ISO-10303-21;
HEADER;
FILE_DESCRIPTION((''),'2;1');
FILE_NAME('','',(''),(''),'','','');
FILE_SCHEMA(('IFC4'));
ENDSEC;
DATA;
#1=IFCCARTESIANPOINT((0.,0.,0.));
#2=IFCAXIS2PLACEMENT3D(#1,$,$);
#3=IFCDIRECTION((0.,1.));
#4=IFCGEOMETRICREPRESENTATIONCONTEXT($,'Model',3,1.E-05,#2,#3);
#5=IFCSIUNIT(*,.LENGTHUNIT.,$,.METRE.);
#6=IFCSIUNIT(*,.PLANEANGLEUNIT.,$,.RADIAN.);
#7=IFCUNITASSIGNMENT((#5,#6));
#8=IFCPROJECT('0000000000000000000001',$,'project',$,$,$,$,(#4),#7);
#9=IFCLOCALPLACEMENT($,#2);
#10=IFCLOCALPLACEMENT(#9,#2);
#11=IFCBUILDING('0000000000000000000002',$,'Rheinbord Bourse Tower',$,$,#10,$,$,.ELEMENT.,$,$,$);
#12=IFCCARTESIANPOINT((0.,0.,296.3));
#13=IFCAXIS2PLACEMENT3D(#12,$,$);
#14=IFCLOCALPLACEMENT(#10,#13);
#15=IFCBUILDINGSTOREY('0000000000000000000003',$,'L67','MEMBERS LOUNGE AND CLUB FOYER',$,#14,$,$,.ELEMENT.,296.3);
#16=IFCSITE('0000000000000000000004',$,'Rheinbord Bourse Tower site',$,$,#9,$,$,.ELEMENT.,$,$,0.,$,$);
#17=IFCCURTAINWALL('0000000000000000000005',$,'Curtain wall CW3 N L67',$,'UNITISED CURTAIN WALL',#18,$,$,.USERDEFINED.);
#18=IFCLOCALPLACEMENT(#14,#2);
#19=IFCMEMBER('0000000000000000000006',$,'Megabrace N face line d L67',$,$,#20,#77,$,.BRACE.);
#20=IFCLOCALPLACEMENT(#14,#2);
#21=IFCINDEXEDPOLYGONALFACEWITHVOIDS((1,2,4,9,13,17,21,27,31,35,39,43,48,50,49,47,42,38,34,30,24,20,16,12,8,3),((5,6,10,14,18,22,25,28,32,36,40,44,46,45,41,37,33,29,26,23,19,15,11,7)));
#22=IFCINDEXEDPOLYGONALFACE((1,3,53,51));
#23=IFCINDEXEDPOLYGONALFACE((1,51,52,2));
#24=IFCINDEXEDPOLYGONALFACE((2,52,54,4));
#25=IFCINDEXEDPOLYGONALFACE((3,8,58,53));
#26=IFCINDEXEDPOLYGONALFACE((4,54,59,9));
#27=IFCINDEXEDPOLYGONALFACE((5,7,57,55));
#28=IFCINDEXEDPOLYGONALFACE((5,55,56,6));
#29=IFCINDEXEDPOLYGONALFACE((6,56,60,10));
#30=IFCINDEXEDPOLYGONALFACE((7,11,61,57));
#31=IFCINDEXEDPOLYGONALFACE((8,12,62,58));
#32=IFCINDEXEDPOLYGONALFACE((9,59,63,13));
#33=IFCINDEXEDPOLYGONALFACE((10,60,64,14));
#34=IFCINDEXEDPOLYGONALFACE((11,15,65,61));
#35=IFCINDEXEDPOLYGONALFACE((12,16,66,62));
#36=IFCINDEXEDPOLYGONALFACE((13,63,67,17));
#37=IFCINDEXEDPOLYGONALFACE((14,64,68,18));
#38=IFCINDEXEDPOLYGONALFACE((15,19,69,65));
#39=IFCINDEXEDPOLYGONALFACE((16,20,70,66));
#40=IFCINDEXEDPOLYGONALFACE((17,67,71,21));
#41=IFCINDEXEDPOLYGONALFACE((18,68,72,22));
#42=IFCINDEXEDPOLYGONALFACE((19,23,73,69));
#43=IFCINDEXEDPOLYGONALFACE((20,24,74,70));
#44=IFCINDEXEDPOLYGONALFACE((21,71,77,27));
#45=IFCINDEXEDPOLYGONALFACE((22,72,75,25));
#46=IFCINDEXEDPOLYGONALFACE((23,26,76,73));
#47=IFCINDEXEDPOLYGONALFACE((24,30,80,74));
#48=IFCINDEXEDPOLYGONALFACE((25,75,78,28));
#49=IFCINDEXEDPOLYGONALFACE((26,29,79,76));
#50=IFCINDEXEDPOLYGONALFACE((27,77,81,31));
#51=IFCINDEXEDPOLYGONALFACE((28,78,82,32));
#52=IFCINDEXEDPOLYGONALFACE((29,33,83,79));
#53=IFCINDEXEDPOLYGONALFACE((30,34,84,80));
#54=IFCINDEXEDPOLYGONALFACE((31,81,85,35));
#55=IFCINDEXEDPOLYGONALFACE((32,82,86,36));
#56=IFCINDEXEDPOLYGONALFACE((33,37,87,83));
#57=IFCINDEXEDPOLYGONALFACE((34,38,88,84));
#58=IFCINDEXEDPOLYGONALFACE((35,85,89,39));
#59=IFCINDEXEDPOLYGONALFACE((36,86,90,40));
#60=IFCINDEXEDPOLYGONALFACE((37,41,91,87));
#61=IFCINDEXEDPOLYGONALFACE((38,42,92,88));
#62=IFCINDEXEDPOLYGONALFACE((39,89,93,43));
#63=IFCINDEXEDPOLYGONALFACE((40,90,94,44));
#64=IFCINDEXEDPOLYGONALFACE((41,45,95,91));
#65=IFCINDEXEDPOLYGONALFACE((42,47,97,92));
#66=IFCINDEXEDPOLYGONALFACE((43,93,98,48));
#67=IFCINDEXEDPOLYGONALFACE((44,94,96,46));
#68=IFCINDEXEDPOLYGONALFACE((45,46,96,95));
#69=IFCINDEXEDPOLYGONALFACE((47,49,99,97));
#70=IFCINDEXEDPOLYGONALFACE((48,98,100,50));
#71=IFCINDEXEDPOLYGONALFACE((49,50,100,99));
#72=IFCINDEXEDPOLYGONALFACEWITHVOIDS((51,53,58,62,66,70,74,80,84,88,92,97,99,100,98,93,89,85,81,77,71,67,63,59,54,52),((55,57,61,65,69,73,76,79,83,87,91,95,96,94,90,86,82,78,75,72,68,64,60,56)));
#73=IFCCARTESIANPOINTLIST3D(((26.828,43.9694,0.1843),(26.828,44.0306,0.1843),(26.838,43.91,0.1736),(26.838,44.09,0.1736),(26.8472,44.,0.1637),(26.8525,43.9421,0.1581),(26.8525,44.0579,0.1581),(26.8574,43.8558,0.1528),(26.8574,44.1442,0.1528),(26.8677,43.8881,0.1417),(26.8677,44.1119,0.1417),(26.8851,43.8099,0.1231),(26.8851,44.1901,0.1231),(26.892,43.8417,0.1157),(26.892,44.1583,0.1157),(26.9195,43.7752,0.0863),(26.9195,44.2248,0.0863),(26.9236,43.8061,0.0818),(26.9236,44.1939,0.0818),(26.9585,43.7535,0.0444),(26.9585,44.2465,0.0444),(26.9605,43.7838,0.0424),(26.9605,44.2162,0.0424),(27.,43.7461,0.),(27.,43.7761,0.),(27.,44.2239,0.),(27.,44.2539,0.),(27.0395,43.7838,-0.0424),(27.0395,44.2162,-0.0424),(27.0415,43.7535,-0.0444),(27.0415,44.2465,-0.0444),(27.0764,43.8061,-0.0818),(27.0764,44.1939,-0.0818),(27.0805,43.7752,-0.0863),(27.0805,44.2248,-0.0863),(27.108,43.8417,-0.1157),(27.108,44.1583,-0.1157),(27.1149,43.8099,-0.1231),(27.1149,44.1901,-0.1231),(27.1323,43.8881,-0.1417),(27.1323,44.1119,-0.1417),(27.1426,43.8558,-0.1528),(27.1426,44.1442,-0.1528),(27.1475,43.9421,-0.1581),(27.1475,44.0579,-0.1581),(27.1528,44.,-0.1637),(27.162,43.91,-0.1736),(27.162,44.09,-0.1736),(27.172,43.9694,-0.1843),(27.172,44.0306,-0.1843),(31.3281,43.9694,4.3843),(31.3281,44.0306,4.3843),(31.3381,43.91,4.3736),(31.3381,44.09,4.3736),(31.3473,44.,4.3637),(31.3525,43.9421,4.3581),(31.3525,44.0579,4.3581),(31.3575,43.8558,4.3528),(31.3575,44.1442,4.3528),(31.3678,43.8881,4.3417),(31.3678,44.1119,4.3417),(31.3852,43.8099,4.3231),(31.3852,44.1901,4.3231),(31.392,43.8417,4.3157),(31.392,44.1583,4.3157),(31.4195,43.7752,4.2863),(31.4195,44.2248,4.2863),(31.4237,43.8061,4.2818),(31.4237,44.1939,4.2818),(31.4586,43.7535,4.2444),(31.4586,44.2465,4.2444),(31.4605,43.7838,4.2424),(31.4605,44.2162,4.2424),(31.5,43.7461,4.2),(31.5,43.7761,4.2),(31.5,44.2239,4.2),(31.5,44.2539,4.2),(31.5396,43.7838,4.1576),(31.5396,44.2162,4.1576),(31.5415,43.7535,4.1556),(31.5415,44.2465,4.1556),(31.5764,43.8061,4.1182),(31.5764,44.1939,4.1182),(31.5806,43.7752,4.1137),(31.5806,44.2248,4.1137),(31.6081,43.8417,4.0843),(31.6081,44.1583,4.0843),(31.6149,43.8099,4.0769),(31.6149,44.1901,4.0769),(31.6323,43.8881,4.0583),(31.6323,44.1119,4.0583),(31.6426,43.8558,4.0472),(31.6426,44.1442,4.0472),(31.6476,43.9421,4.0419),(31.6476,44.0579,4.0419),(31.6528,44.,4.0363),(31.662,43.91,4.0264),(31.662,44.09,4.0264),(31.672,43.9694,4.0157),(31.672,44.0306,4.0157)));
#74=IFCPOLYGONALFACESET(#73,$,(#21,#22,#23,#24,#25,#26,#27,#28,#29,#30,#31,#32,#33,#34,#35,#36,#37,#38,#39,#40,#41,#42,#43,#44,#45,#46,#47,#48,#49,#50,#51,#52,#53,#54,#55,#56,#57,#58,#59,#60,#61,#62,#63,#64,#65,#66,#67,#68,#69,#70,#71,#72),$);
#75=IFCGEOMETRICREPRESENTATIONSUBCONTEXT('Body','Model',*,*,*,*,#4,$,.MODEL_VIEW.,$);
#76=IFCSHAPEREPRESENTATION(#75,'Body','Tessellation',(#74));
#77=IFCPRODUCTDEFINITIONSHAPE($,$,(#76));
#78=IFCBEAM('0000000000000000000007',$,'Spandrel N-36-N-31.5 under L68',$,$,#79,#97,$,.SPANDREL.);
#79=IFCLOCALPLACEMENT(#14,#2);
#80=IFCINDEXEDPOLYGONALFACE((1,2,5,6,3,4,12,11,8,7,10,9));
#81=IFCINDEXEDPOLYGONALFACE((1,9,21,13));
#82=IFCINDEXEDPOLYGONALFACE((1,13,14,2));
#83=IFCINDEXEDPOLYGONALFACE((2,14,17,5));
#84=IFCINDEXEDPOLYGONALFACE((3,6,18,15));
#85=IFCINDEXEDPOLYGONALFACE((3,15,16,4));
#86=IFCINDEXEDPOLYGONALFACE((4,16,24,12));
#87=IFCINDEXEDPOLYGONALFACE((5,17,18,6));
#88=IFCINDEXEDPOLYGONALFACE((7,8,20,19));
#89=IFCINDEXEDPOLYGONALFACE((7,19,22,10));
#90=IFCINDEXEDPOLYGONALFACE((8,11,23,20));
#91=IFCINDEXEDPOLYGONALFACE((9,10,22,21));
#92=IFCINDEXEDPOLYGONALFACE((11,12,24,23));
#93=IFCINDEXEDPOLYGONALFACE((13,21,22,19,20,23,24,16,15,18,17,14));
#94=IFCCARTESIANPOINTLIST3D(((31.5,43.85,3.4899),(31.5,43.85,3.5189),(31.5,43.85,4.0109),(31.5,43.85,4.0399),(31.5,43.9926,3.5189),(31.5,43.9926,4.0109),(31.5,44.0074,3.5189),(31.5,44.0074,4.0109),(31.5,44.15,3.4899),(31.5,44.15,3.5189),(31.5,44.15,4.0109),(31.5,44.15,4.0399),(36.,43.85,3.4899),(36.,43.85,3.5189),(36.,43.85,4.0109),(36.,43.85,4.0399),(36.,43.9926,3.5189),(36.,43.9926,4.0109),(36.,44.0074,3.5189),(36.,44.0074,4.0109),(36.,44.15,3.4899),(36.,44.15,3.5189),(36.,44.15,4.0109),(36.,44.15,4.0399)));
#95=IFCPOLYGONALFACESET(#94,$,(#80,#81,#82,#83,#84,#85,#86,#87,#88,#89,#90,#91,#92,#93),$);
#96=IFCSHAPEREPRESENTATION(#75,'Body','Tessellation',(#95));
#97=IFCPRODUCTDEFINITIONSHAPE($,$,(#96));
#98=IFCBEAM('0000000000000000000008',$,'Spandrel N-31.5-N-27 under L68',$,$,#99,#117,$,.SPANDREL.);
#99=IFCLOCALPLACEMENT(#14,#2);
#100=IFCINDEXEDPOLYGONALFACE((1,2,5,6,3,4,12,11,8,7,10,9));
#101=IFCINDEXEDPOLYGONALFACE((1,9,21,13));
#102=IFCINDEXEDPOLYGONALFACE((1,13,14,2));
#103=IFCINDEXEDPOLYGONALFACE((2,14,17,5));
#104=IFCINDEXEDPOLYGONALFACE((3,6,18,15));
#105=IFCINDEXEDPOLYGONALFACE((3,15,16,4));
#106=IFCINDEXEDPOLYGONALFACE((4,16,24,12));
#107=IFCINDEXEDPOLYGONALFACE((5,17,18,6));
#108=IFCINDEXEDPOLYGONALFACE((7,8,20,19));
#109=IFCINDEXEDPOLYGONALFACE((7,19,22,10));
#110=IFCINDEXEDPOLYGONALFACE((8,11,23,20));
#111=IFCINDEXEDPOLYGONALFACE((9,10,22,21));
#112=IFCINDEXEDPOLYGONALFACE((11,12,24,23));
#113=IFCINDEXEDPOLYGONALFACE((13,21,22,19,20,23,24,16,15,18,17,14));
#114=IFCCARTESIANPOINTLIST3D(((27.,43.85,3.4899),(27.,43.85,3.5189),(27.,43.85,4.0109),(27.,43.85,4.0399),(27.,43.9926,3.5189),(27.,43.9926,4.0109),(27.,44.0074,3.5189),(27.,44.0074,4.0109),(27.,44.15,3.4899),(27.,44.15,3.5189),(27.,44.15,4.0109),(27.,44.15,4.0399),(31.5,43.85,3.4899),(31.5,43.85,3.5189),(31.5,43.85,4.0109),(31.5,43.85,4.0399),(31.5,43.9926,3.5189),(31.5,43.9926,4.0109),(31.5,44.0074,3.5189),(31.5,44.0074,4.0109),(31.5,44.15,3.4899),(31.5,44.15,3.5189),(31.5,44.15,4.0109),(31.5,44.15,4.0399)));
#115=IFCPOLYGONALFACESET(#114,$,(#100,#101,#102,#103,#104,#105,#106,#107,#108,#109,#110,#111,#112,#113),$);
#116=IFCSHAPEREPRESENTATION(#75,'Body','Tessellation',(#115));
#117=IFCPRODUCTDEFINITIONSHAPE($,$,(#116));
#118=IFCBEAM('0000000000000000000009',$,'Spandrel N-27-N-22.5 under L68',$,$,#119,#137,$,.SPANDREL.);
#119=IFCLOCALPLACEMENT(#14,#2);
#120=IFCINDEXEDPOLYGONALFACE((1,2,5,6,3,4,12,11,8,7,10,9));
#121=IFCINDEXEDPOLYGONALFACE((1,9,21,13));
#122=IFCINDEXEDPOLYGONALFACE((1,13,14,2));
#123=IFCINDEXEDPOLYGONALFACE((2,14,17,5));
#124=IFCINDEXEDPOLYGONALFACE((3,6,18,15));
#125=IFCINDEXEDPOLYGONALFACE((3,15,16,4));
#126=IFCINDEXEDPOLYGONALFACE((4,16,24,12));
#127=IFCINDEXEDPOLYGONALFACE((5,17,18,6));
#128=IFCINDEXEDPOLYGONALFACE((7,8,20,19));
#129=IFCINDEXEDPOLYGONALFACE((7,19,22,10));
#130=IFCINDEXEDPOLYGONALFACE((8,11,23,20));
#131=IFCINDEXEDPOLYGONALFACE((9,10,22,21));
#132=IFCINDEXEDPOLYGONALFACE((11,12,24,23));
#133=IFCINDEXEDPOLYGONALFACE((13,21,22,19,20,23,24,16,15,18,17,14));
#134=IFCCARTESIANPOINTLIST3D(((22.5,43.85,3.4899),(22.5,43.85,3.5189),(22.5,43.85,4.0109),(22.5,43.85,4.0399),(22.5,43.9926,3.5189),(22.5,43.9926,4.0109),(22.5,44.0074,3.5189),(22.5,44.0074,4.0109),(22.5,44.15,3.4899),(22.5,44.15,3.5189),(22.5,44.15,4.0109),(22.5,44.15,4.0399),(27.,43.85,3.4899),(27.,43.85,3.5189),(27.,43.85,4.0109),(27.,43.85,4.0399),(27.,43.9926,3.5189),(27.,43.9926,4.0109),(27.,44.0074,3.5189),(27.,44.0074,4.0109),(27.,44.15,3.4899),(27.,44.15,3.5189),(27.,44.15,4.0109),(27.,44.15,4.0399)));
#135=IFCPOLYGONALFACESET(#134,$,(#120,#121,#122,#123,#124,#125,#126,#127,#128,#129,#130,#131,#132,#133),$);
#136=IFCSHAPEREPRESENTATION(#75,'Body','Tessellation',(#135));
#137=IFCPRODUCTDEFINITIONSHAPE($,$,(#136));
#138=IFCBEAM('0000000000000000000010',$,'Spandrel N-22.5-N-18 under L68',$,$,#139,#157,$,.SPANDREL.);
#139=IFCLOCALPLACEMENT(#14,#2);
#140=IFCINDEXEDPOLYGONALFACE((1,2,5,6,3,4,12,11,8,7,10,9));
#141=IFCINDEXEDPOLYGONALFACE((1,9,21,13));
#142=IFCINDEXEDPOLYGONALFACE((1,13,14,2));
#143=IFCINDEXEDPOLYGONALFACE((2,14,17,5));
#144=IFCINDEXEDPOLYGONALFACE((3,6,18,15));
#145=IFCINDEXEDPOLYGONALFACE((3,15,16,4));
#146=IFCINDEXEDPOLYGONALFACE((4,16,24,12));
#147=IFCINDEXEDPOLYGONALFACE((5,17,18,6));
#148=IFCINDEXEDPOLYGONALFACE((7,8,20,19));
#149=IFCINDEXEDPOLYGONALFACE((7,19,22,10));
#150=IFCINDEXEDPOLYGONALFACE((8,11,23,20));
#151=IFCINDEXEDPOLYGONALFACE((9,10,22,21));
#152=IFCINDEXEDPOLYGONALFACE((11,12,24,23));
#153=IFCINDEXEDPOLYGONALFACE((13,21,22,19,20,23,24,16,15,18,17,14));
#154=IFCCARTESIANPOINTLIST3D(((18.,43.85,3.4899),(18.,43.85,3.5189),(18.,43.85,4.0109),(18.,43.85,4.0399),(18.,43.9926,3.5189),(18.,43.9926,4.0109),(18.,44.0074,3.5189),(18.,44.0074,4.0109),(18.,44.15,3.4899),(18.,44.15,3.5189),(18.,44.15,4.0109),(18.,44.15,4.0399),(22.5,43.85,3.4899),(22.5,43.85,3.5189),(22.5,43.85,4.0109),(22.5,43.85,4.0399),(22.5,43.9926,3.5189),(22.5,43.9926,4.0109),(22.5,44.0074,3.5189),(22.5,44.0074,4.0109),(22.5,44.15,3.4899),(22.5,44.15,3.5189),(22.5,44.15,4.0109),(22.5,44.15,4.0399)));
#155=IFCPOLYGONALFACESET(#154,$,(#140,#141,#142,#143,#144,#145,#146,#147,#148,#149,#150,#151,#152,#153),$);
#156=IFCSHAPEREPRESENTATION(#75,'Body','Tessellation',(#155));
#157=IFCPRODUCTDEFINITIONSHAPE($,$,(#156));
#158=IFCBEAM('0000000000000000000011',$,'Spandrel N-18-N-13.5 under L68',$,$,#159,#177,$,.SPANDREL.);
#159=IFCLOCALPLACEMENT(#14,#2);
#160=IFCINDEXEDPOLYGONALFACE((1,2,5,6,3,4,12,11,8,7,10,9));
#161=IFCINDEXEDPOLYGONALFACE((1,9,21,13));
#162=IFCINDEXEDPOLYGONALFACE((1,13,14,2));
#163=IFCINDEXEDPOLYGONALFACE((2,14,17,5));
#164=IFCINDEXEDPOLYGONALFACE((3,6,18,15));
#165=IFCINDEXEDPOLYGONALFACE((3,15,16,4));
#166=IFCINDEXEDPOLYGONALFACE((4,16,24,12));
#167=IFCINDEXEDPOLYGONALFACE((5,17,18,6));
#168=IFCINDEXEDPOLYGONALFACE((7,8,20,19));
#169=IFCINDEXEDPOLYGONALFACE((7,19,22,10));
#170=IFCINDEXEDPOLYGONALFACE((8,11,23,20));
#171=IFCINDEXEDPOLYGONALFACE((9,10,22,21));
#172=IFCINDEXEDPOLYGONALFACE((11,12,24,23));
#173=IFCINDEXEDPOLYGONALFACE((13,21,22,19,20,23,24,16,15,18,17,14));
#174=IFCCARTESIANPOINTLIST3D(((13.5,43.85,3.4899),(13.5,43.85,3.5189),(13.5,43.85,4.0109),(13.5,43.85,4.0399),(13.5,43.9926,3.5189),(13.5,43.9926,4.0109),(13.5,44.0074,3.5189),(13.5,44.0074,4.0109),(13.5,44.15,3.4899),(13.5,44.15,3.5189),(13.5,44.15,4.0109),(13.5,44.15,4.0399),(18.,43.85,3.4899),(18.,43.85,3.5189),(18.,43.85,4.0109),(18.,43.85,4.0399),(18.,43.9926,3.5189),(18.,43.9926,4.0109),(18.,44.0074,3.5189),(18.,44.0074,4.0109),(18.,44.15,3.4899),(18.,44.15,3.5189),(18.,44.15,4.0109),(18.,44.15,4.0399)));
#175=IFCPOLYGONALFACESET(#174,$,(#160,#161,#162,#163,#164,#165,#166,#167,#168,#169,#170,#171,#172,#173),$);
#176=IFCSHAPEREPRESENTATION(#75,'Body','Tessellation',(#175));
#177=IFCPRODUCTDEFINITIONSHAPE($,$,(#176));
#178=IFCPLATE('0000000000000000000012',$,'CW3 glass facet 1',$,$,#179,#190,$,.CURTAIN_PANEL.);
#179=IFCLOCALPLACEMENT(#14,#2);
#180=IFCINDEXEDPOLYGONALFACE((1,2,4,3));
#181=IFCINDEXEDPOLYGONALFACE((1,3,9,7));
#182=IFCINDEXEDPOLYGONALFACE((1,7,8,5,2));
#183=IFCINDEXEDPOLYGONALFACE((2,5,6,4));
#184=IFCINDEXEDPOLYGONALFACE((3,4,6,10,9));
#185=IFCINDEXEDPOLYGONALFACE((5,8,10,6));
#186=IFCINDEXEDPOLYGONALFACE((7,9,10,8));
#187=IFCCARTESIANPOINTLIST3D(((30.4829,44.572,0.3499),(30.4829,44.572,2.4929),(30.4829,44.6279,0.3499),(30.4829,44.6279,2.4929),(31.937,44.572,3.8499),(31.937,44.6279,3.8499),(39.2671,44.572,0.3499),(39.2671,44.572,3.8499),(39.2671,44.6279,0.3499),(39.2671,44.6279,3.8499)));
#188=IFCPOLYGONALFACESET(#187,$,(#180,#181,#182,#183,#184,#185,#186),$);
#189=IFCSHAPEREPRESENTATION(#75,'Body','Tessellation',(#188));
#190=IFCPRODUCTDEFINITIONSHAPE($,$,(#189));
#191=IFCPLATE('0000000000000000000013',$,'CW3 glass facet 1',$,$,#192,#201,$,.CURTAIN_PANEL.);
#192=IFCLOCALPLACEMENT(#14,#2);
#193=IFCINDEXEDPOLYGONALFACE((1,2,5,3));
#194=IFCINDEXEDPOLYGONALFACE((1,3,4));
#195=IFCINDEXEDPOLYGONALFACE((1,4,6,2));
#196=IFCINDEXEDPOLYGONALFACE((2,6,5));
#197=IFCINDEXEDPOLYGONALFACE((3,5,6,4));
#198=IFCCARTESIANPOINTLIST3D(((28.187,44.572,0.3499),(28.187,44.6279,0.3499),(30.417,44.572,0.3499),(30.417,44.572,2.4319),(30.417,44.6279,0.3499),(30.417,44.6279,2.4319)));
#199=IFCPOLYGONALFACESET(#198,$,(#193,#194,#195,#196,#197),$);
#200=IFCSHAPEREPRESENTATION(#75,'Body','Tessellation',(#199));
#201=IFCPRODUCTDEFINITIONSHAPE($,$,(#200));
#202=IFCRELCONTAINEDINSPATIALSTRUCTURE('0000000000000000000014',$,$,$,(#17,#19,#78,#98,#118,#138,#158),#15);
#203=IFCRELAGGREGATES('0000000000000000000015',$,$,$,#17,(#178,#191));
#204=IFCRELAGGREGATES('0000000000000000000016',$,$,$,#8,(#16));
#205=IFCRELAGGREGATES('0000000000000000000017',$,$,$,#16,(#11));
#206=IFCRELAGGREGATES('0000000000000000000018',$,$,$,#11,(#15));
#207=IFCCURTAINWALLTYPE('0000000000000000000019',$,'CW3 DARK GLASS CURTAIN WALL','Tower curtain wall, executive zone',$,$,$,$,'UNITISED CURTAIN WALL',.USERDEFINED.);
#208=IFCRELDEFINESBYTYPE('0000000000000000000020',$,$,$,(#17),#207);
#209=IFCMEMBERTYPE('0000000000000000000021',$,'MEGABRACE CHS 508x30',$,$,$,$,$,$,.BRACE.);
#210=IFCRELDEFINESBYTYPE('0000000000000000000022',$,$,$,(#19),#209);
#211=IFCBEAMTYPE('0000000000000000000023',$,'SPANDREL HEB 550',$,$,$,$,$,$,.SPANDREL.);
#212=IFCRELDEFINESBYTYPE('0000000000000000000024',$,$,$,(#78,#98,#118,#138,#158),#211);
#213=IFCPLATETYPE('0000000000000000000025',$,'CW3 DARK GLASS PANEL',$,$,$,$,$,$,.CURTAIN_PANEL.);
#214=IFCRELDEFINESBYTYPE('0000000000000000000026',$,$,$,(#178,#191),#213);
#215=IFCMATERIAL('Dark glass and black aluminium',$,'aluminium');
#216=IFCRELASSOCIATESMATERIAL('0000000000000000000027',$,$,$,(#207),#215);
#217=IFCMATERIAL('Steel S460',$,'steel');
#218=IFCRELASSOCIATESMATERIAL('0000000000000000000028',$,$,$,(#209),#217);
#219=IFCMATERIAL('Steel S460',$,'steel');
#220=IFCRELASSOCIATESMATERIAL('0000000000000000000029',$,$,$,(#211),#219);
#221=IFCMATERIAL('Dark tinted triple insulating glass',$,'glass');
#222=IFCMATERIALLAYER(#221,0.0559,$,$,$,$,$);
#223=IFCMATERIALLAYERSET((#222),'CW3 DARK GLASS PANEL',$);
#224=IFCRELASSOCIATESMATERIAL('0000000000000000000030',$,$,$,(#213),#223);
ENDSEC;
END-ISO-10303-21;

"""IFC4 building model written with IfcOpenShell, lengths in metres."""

from ifc_helpers import new_model, si_unit, direction, frame, origin, origin_2d, place, context, subcontext, project, spatial, polyline, hollow_circle, i_section, outline, extrude, material, layer, layer_set, material_profile, profile_set, type_object, element, aggregate, save


model = new_model("IFC4")

# Units and contexts
model_context = context("Model", 3, precision=1e-05, world=origin(), true_north=direction((0.0, 1.0)))
body_context = subcontext(model_context, "Body", "Model", "MODEL_VIEW")
ifc_project = project(units=[si_unit("LENGTHUNIT", "METRE"), si_unit("PLANEANGLEUNIT", "RADIAN")], contexts=[model_context])

# Site, building, storey
site_placement = place(None, origin())
site = spatial("IfcSite", under=ifc_project, at=site_placement, Name="Rheinbord Bourse Tower site", CompositionType="ELEMENT", RefElevation=0.0)
building_placement = place(site_placement, origin())
building = spatial("IfcBuilding", under=site, at=building_placement, Name="Rheinbord Bourse Tower", CompositionType="ELEMENT")
storey_placement = place(building_placement, frame((0.0, 0.0, 296.3)))
storey = spatial("IfcBuildingStorey", under=building, at=storey_placement, Name="L67", Description="MEMBERS LOUNGE AND CLUB FOYER", CompositionType="ELEMENT", Elevation=296.3)

# Curtain wall
ifc_material_1 = material(Name="Dark glass and black aluminium", Category="aluminium")
curtain_wall_type = type_object("IfcCurtainWallType", Name="CW3 DARK GLASS CURTAIN WALL", Description="Tower curtain wall, executive zone", ElementType="UNITISED CURTAIN WALL", PredefinedType="USERDEFINED", material=ifc_material_1)
curtain_wall_placement = place(storey_placement, origin())
curtain_wall = element("IfcCurtainWall", 1, at=curtain_wall_placement, inside=storey, type_object=curtain_wall_type, Name="Curtain wall CW3 N L67", ObjectType="UNITISED CURTAIN WALL", PredefinedType="USERDEFINED")

# Member
ifc_material_2 = material(Name="Steel S460", Category="steel")
ifc_material_profile_1 = material_profile(ifc_material_2, hollow_circle(Radius=0.2539, WallThickness=0.03, at=origin_2d()), Name="CHS 508x30")
ifc_profile_set_1 = profile_set([ifc_material_profile_1], Name="Steel S460")
member_type_1 = type_object("IfcMemberType", Name="MEGABRACE CHS 508x30", PredefinedType="BRACE", material=ifc_profile_set_1)
member_1_placement = place(storey_placement, frame((27.0, 44.0, 0.0), z_axis=(0.731059, 0.0, 0.682314), x_axis=(0.0, 1.0, 0.0)))
element("IfcMember", 2, at=member_1_placement, inside=storey, type_object=member_type_1, Name="Megabrace N face line d L67", PredefinedType="BRACE", context=body_context, shape_type="SweptSolid", body=[
    extrude(hollow_circle(Radius=0.2539, WallThickness=0.03, at=origin_2d()), origin(), (0.0, 0.0, 1.0), 6.1555),
])

# Beams
ifc_material_3 = material(Name="Steel S460", Category="steel")
ifc_material_profile_2 = material_profile(ifc_material_3, i_section(OverallWidth=0.3, OverallDepth=0.55, WebThickness=0.0149, FlangeThickness=0.0291, at=origin_2d()), Name="HEB 550")
ifc_profile_set_2 = profile_set([ifc_material_profile_2], Name="Steel S460")
beam_type_1 = type_object("IfcBeamType", Name="SPANDREL HEB 550", PredefinedType="SPANDREL", material=ifc_profile_set_2)
for number, where, z_axis, x_axis, name in (
    (3, (36.0, 44.0, 3.7649), (-1.0, 0.0, 0.0), (0.0, -1.0, 0.0), "Spandrel N-36-N-31.5 under L68"),
    (4, (31.5, 44.0, 3.7649), (-1.0, 0.0, 0.0), (0.0, -1.0, 0.0), "Spandrel N-31.5-N-27 under L68"),
    (5, (27.0, 44.0, 3.7649), (-1.0, 0.0, 0.0), (0.0, -1.0, 0.0), "Spandrel N-27-N-22.5 under L68"),
    (6, (22.5, 44.0, 3.7649), (-1.0, 0.0, 0.0), (0.0, -1.0, 0.0), "Spandrel N-22.5-N-18 under L68"),
    (7, (18.0, 44.0, 3.7649), (-1.0, 0.0, 0.0), (0.0, -1.0, 0.0), "Spandrel N-18-N-13.5 under L68"),
):
    element("IfcBeam", number, at=place(storey_placement, frame(where, z_axis=z_axis, x_axis=x_axis)), inside=storey, type_object=beam_type_1, Name=name, PredefinedType="SPANDREL", context=body_context, shape_type="SweptSolid", body=[
        extrude(i_section(OverallWidth=0.3, OverallDepth=0.55, WebThickness=0.0149, FlangeThickness=0.0291, at=origin_2d()), origin(), (0.0, 0.0, 1.0), 4.5),
    ])

# Plates
ifc_material_4 = material(Name="Dark tinted triple insulating glass", Category="glass")
ifc_layer = layer(ifc_material_4, 0.0559)
ifc_layer_set = layer_set([ifc_layer], Name="CW3 DARK GLASS PANEL")
plate_type = type_object("IfcPlateType", Name="CW3 DARK GLASS PANEL", PredefinedType="CURTAIN_PANEL", material=ifc_layer_set)
plate_1_placement = place(storey_placement, frame((30.4829, 44.6279, 0.3499), z_axis=(0.0, -1.0, 0.0), x_axis=(1.0, 0.0, 0.0)))
plate_1 = element("IfcPlate", 8, at=plate_1_placement, type_object=plate_type, Name="CW3 glass facet 1", PredefinedType="CURTAIN_PANEL", context=body_context, shape_type="SweptSolid", body=[
    extrude(outline(polyline([(0.0, 0.0), (8.7842, 0.0), (8.7842, 3.5), (1.4541, 3.5), (0.0, 2.1431), (0.0, 0.0)])), origin(), (0.0, 0.0, 1.0), 0.0559),
])
plate_2_placement = place(storey_placement, frame((30.417, 44.6279, 0.3499), z_axis=(0.0, -1.0, 0.0), x_axis=(0.0, 0.0, 1.0)))
plate_2 = element("IfcPlate", 9, at=plate_2_placement, type_object=plate_type, Name="CW3 glass facet 1", PredefinedType="CURTAIN_PANEL", context=body_context, shape_type="SweptSolid", body=[
    extrude(outline(polyline([(0.0, 0.0), (2.082, 0.0), (0.0, 2.23), (0.0, 0.0)])), origin(), (0.0, 0.0, 1.0), 0.0559),
])
aggregate(curtain_wall, [plate_1, plate_2])

save(model, "model.ifc")
